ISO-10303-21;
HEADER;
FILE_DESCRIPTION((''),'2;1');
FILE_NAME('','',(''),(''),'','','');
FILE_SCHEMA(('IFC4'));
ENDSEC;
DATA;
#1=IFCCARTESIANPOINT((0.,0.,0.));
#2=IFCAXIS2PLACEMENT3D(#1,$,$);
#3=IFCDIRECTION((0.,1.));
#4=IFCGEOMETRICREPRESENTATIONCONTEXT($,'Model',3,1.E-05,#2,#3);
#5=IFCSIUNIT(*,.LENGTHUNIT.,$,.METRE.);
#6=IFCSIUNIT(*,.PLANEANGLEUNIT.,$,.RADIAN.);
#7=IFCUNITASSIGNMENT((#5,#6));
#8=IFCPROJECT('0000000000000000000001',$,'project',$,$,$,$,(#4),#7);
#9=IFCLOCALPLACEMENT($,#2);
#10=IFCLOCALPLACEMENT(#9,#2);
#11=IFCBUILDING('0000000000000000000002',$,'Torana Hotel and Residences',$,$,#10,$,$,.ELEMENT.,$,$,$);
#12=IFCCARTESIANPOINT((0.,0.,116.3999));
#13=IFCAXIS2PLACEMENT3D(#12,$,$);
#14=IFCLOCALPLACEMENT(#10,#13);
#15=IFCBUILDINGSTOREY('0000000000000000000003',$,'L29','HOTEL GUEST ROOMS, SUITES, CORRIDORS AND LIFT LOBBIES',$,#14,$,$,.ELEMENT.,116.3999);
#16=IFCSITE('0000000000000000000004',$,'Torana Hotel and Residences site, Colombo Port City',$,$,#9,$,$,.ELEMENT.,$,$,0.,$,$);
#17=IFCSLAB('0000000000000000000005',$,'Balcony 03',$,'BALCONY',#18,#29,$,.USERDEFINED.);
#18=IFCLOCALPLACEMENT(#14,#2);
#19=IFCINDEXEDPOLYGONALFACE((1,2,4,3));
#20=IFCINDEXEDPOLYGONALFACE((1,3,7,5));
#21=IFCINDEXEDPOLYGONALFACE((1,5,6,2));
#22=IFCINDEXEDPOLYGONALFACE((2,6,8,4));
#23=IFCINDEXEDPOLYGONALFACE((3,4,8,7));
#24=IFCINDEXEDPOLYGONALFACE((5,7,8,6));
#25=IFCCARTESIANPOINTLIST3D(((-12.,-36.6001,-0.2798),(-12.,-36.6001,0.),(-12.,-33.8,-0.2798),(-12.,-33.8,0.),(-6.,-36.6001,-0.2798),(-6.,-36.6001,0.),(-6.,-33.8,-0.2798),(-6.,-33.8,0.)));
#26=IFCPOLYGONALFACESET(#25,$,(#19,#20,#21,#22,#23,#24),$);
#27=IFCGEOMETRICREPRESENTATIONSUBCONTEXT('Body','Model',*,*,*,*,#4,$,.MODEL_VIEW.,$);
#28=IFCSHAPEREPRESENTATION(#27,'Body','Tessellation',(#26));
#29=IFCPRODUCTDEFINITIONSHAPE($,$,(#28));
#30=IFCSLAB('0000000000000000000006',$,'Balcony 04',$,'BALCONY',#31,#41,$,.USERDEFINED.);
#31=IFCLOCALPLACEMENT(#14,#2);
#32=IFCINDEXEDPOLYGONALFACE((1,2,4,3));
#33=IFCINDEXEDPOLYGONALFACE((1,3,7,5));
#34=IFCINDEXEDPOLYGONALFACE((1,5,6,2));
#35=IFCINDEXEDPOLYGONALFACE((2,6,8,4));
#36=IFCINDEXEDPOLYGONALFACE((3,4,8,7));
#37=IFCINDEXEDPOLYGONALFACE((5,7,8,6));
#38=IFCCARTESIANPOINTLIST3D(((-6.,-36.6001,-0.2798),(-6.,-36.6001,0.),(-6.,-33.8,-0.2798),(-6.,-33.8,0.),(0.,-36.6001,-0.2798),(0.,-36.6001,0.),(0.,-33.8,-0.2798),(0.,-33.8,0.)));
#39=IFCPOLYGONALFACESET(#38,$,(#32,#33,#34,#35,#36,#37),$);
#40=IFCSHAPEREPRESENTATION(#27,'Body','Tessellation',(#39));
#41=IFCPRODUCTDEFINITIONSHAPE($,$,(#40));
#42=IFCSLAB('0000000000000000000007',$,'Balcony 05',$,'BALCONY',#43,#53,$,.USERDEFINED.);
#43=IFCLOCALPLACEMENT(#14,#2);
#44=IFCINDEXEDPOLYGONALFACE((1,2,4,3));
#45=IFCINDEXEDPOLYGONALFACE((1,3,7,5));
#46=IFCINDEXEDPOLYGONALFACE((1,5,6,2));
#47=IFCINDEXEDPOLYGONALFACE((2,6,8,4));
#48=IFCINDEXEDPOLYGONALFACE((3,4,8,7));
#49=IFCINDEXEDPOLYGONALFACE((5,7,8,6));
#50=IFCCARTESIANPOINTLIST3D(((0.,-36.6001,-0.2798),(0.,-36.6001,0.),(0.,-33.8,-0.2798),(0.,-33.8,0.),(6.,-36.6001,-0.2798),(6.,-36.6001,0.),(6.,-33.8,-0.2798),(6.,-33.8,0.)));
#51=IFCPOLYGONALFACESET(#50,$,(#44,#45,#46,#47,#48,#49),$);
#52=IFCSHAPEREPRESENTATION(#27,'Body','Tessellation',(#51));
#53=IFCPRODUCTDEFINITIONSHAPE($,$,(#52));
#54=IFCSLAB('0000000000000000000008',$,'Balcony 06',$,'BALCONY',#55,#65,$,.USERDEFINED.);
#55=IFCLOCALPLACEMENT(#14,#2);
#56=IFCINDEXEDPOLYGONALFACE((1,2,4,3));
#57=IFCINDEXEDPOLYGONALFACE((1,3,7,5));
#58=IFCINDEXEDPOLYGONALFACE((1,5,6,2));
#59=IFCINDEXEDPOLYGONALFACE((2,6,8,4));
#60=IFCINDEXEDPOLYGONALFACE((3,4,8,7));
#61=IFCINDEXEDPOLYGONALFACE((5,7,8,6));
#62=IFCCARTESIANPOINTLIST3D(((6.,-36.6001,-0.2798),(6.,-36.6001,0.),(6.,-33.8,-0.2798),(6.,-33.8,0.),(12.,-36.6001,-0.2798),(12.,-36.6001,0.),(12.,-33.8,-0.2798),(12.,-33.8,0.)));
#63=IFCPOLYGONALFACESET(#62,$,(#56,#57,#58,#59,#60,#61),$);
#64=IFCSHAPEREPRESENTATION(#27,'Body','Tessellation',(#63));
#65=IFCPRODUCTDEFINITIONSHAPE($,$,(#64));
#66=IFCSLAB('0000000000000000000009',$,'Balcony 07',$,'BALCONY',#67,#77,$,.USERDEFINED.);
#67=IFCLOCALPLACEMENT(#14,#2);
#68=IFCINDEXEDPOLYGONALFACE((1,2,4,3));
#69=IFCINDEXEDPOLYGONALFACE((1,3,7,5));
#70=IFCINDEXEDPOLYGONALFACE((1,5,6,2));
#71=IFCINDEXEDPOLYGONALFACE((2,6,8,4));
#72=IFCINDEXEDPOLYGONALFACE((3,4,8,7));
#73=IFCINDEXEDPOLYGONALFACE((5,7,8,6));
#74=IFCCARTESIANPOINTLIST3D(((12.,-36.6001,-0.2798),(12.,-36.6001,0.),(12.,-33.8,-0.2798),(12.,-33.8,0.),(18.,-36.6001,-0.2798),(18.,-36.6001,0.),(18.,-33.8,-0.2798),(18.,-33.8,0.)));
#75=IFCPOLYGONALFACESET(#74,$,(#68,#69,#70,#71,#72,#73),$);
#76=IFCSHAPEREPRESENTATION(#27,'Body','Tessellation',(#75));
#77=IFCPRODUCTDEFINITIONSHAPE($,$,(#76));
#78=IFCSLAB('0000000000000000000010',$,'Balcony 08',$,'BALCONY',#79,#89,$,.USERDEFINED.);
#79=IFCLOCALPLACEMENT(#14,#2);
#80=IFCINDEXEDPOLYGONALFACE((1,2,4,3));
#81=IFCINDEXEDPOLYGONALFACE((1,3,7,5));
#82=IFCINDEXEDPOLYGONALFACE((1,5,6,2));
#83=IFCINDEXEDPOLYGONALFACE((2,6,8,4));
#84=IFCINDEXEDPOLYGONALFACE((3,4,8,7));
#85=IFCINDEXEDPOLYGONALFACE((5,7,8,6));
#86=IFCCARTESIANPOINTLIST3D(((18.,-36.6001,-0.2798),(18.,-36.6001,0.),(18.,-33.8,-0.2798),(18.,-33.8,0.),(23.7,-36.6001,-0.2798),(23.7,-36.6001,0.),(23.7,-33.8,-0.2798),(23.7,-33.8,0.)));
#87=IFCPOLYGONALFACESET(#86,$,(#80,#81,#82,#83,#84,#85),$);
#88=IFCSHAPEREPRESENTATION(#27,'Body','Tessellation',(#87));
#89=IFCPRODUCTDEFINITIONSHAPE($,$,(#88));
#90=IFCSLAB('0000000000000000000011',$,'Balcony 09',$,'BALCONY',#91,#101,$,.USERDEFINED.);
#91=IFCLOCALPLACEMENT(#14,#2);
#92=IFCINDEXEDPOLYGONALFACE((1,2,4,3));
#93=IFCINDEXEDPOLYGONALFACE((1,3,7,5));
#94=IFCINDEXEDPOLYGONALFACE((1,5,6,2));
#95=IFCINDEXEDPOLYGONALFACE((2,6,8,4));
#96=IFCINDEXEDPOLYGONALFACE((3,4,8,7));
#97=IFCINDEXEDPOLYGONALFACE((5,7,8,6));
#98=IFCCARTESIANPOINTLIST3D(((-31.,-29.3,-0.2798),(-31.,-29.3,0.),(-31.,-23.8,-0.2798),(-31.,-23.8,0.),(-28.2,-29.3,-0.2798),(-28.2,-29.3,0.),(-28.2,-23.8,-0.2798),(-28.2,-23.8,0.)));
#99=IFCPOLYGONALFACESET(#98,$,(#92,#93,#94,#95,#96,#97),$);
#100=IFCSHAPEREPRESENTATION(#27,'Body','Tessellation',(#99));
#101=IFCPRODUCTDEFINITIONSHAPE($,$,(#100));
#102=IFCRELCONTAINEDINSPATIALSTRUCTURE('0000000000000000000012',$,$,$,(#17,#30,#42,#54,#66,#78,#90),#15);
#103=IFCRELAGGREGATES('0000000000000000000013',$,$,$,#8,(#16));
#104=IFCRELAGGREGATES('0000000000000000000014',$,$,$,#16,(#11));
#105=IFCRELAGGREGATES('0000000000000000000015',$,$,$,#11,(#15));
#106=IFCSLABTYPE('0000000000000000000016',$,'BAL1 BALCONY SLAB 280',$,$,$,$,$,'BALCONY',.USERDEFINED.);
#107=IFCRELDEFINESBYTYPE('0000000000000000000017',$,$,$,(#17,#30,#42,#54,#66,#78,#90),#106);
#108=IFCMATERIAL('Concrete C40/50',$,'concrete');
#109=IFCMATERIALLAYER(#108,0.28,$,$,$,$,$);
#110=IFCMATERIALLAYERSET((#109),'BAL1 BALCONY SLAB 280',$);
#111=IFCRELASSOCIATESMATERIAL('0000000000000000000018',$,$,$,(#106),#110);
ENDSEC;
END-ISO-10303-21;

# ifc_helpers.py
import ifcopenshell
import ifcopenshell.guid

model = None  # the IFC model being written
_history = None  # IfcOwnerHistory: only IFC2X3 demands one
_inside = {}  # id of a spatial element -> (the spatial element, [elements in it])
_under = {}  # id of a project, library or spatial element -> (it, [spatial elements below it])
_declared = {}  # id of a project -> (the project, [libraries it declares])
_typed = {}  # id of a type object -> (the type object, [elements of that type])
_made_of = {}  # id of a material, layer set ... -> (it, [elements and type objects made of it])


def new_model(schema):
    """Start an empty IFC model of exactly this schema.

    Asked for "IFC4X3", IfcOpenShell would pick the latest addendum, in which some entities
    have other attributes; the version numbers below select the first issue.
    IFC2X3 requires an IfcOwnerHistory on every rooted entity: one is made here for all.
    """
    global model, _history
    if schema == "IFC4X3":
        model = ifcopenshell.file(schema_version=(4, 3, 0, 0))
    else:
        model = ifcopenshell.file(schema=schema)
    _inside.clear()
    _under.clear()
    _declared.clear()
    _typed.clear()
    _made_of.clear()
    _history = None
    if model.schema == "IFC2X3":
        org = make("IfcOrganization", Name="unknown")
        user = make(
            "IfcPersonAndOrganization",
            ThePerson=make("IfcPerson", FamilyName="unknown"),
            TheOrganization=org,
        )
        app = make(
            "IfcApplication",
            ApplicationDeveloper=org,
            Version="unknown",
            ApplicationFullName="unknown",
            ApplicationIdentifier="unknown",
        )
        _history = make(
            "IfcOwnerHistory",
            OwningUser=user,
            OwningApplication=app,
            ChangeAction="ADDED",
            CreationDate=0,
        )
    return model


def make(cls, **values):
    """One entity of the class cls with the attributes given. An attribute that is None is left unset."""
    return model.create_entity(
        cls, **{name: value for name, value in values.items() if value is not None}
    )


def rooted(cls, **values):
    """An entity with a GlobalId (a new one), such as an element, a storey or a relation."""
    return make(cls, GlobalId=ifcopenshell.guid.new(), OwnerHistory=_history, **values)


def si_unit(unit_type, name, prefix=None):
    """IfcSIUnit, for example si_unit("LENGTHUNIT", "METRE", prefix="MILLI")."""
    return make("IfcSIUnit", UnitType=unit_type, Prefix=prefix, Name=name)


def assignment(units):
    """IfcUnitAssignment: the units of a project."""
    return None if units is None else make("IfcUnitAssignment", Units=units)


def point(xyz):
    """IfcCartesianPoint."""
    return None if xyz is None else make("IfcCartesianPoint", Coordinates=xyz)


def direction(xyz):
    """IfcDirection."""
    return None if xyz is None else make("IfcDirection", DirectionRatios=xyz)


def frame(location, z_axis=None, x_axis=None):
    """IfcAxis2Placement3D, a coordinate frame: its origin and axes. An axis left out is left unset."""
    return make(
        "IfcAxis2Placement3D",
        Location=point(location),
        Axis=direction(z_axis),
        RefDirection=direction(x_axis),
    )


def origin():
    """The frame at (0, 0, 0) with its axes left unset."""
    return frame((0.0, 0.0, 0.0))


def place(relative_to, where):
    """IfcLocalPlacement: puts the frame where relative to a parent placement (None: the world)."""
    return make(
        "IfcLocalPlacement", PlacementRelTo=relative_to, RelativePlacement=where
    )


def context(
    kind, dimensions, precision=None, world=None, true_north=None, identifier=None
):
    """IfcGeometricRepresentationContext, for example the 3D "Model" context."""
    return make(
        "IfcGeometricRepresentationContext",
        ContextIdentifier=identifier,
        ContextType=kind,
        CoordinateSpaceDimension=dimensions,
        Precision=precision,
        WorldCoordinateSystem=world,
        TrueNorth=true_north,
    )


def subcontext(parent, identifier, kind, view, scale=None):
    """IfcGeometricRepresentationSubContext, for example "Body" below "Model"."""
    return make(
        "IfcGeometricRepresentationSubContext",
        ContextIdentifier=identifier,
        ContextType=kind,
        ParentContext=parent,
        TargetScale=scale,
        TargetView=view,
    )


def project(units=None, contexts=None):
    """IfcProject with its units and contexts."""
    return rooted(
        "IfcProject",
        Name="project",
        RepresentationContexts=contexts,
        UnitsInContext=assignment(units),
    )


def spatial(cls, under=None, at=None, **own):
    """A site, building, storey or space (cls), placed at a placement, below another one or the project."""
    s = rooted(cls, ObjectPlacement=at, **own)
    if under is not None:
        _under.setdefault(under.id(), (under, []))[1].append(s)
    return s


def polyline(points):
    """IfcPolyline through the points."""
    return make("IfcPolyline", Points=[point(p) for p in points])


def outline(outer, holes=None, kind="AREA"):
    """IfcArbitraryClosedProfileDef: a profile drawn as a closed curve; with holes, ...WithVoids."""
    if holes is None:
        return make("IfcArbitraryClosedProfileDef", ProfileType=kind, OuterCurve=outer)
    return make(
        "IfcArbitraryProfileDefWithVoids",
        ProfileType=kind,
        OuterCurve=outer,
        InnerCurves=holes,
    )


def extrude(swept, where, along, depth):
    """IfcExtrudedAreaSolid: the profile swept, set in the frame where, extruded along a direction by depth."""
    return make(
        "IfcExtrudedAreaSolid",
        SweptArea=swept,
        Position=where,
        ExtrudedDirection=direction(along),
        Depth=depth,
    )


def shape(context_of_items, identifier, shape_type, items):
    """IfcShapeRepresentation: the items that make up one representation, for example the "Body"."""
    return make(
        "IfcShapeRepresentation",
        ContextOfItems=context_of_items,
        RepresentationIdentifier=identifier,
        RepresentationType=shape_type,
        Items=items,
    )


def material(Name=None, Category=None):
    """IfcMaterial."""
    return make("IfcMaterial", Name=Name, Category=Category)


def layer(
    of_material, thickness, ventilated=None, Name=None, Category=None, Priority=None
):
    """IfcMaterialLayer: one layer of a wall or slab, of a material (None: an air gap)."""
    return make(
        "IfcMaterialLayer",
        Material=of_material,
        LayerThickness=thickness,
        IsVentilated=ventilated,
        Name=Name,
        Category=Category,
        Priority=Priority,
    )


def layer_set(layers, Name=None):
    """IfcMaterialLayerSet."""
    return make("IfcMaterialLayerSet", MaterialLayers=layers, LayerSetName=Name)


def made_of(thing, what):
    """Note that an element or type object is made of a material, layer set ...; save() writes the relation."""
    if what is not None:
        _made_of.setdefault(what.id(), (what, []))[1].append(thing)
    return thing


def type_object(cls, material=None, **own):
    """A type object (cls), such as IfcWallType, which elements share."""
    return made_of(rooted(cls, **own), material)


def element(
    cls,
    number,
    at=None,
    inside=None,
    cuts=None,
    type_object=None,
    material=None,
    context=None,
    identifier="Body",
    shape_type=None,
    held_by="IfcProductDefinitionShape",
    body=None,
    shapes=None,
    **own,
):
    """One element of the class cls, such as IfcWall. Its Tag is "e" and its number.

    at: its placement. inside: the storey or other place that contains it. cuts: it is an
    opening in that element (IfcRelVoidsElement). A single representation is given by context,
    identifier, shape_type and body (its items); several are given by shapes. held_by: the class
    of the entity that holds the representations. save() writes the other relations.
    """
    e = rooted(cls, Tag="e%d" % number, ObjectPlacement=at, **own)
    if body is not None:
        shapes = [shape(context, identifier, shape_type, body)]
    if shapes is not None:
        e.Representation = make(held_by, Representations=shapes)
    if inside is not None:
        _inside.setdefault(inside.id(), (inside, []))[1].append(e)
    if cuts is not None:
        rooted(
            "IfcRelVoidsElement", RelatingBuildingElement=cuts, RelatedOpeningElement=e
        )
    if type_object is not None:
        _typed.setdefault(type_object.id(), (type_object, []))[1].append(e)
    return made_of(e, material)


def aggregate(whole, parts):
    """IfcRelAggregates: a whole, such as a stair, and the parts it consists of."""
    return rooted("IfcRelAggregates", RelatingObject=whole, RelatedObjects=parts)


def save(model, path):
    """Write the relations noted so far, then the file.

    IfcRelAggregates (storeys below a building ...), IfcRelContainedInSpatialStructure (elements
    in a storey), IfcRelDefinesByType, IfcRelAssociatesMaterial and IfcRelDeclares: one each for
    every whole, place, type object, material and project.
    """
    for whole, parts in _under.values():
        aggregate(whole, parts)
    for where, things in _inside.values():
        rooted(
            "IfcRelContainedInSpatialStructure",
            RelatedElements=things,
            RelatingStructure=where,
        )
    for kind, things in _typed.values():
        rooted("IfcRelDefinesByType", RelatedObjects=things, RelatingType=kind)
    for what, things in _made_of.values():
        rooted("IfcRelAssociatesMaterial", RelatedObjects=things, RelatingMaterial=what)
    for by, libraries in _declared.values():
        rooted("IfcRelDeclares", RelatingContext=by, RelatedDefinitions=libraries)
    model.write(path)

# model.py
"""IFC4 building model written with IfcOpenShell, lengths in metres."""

from ifc_helpers import new_model, si_unit, direction, frame, origin, place, context, subcontext, project, spatial, polyline, outline, extrude, material, layer, layer_set, type_object, element, save


model = new_model("IFC4")

# Units and contexts
model_context = context("Model", 3, precision=1e-05, world=origin(), true_north=direction((0.0, 1.0)))
body_context = subcontext(model_context, "Body", "Model", "MODEL_VIEW")
ifc_project = project(units=[si_unit("LENGTHUNIT", "METRE"), si_unit("PLANEANGLEUNIT", "RADIAN")], contexts=[model_context])

# Site, building, storey
site_placement = place(None, origin())
site = spatial("IfcSite", under=ifc_project, at=site_placement, Name="Torana Hotel and Residences site, Colombo Port City", CompositionType="ELEMENT", RefElevation=0.0)
building_placement = place(site_placement, origin())
building = spatial("IfcBuilding", under=site, at=building_placement, Name="Torana Hotel and Residences", CompositionType="ELEMENT")
storey_placement = place(building_placement, frame((0.0, 0.0, 116.3999)))
storey = spatial("IfcBuildingStorey", under=building, at=storey_placement, Name="L29", Description="HOTEL GUEST ROOMS, SUITES, CORRIDORS AND LIFT LOBBIES", CompositionType="ELEMENT", Elevation=116.3999)

# Slabs
ifc_material_1 = material(Name="Concrete C40/50", Category="concrete")
ifc_layer_1 = layer(ifc_material_1, 0.28)
ifc_layer_set_1 = layer_set([ifc_layer_1], Name="BAL1 BALCONY SLAB 280")
slab_type = type_object("IfcSlabType", Name="BAL1 BALCONY SLAB 280", ElementType="BALCONY", PredefinedType="USERDEFINED", material=ifc_layer_set_1)
slab_1_placement = place(storey_placement, frame((0.0, 0.0, -0.2798)))
element("IfcSlab", 1, at=slab_1_placement, inside=storey, type_object=slab_type, Name="Balcony 03", ObjectType="BALCONY", PredefinedType="USERDEFINED", context=body_context, shape_type="SweptSolid", body=[
    extrude(outline(polyline([(-12.0, -36.6001), (-6.0, -36.6001), (-6.0, -33.8), (-12.0, -33.8), (-12.0, -36.6001)])), origin(), (0.0, 0.0, 1.0), 0.2798),
])
slab_2_placement = place(storey_placement, frame((0.0, 0.0, -0.2798)))
element("IfcSlab", 2, at=slab_2_placement, inside=storey, type_object=slab_type, Name="Balcony 04", ObjectType="BALCONY", PredefinedType="USERDEFINED", context=body_context, shape_type="SweptSolid", body=[
    extrude(outline(polyline([(-6.0, -36.6001), (0.0, -36.6001), (0.0, -33.8), (-6.0, -33.8), (-6.0, -36.6001)])), origin(), (0.0, 0.0, 1.0), 0.2798),
])
slab_3_placement = place(storey_placement, frame((0.0, 0.0, -0.2798)))
element("IfcSlab", 3, at=slab_3_placement, inside=storey, type_object=slab_type, Name="Balcony 05", ObjectType="BALCONY", PredefinedType="USERDEFINED", context=body_context, shape_type="SweptSolid", body=[
    extrude(outline(polyline([(0.0, -36.6001), (6.0, -36.6001), (6.0, -33.8), (0.0, -33.8), (0.0, -36.6001)])), origin(), (0.0, 0.0, 1.0), 0.2798),
])
slab_4_placement = place(storey_placement, frame((0.0, 0.0, -0.2798)))
element("IfcSlab", 4, at=slab_4_placement, inside=storey, type_object=slab_type, Name="Balcony 06", ObjectType="BALCONY", PredefinedType="USERDEFINED", context=body_context, shape_type="SweptSolid", body=[
    extrude(outline(polyline([(6.0, -36.6001), (12.0, -36.6001), (12.0, -33.8), (6.0, -33.8), (6.0, -36.6001)])), origin(), (0.0, 0.0, 1.0), 0.2798),
])
slab_5_placement = place(storey_placement, frame((0.0, 0.0, -0.2798)))
element("IfcSlab", 5, at=slab_5_placement, inside=storey, type_object=slab_type, Name="Balcony 07", ObjectType="BALCONY", PredefinedType="USERDEFINED", context=body_context, shape_type="SweptSolid", body=[
    extrude(outline(polyline([(12.0, -36.6001), (18.0, -36.6001), (18.0, -33.8), (12.0, -33.8), (12.0, -36.6001)])), origin(), (0.0, 0.0, 1.0), 0.2798),
])
slab_6_placement = place(storey_placement, frame((0.0, 0.0, -0.2798)))
element("IfcSlab", 6, at=slab_6_placement, inside=storey, type_object=slab_type, Name="Balcony 08", ObjectType="BALCONY", PredefinedType="USERDEFINED", context=body_context, shape_type="SweptSolid", body=[
    extrude(outline(polyline([(18.0, -36.6001), (23.7, -36.6001), (23.7, -33.8), (18.0, -33.8), (18.0, -36.6001)])), origin(), (0.0, 0.0, 1.0), 0.2798),
])
slab_7_placement = place(storey_placement, frame((0.0, 0.0, -0.2798)))
element("IfcSlab", 7, at=slab_7_placement, inside=storey, type_object=slab_type, Name="Balcony 09", ObjectType="BALCONY", PredefinedType="USERDEFINED", context=body_context, shape_type="SweptSolid", body=[
    extrude(outline(polyline([(-31.0, -29.3), (-28.2, -29.3), (-28.2, -23.8), (-31.0, -23.8), (-31.0, -29.3)])), origin(), (0.0, 0.0, 1.0), 0.2798),
])

save(model, "model.ifc")
